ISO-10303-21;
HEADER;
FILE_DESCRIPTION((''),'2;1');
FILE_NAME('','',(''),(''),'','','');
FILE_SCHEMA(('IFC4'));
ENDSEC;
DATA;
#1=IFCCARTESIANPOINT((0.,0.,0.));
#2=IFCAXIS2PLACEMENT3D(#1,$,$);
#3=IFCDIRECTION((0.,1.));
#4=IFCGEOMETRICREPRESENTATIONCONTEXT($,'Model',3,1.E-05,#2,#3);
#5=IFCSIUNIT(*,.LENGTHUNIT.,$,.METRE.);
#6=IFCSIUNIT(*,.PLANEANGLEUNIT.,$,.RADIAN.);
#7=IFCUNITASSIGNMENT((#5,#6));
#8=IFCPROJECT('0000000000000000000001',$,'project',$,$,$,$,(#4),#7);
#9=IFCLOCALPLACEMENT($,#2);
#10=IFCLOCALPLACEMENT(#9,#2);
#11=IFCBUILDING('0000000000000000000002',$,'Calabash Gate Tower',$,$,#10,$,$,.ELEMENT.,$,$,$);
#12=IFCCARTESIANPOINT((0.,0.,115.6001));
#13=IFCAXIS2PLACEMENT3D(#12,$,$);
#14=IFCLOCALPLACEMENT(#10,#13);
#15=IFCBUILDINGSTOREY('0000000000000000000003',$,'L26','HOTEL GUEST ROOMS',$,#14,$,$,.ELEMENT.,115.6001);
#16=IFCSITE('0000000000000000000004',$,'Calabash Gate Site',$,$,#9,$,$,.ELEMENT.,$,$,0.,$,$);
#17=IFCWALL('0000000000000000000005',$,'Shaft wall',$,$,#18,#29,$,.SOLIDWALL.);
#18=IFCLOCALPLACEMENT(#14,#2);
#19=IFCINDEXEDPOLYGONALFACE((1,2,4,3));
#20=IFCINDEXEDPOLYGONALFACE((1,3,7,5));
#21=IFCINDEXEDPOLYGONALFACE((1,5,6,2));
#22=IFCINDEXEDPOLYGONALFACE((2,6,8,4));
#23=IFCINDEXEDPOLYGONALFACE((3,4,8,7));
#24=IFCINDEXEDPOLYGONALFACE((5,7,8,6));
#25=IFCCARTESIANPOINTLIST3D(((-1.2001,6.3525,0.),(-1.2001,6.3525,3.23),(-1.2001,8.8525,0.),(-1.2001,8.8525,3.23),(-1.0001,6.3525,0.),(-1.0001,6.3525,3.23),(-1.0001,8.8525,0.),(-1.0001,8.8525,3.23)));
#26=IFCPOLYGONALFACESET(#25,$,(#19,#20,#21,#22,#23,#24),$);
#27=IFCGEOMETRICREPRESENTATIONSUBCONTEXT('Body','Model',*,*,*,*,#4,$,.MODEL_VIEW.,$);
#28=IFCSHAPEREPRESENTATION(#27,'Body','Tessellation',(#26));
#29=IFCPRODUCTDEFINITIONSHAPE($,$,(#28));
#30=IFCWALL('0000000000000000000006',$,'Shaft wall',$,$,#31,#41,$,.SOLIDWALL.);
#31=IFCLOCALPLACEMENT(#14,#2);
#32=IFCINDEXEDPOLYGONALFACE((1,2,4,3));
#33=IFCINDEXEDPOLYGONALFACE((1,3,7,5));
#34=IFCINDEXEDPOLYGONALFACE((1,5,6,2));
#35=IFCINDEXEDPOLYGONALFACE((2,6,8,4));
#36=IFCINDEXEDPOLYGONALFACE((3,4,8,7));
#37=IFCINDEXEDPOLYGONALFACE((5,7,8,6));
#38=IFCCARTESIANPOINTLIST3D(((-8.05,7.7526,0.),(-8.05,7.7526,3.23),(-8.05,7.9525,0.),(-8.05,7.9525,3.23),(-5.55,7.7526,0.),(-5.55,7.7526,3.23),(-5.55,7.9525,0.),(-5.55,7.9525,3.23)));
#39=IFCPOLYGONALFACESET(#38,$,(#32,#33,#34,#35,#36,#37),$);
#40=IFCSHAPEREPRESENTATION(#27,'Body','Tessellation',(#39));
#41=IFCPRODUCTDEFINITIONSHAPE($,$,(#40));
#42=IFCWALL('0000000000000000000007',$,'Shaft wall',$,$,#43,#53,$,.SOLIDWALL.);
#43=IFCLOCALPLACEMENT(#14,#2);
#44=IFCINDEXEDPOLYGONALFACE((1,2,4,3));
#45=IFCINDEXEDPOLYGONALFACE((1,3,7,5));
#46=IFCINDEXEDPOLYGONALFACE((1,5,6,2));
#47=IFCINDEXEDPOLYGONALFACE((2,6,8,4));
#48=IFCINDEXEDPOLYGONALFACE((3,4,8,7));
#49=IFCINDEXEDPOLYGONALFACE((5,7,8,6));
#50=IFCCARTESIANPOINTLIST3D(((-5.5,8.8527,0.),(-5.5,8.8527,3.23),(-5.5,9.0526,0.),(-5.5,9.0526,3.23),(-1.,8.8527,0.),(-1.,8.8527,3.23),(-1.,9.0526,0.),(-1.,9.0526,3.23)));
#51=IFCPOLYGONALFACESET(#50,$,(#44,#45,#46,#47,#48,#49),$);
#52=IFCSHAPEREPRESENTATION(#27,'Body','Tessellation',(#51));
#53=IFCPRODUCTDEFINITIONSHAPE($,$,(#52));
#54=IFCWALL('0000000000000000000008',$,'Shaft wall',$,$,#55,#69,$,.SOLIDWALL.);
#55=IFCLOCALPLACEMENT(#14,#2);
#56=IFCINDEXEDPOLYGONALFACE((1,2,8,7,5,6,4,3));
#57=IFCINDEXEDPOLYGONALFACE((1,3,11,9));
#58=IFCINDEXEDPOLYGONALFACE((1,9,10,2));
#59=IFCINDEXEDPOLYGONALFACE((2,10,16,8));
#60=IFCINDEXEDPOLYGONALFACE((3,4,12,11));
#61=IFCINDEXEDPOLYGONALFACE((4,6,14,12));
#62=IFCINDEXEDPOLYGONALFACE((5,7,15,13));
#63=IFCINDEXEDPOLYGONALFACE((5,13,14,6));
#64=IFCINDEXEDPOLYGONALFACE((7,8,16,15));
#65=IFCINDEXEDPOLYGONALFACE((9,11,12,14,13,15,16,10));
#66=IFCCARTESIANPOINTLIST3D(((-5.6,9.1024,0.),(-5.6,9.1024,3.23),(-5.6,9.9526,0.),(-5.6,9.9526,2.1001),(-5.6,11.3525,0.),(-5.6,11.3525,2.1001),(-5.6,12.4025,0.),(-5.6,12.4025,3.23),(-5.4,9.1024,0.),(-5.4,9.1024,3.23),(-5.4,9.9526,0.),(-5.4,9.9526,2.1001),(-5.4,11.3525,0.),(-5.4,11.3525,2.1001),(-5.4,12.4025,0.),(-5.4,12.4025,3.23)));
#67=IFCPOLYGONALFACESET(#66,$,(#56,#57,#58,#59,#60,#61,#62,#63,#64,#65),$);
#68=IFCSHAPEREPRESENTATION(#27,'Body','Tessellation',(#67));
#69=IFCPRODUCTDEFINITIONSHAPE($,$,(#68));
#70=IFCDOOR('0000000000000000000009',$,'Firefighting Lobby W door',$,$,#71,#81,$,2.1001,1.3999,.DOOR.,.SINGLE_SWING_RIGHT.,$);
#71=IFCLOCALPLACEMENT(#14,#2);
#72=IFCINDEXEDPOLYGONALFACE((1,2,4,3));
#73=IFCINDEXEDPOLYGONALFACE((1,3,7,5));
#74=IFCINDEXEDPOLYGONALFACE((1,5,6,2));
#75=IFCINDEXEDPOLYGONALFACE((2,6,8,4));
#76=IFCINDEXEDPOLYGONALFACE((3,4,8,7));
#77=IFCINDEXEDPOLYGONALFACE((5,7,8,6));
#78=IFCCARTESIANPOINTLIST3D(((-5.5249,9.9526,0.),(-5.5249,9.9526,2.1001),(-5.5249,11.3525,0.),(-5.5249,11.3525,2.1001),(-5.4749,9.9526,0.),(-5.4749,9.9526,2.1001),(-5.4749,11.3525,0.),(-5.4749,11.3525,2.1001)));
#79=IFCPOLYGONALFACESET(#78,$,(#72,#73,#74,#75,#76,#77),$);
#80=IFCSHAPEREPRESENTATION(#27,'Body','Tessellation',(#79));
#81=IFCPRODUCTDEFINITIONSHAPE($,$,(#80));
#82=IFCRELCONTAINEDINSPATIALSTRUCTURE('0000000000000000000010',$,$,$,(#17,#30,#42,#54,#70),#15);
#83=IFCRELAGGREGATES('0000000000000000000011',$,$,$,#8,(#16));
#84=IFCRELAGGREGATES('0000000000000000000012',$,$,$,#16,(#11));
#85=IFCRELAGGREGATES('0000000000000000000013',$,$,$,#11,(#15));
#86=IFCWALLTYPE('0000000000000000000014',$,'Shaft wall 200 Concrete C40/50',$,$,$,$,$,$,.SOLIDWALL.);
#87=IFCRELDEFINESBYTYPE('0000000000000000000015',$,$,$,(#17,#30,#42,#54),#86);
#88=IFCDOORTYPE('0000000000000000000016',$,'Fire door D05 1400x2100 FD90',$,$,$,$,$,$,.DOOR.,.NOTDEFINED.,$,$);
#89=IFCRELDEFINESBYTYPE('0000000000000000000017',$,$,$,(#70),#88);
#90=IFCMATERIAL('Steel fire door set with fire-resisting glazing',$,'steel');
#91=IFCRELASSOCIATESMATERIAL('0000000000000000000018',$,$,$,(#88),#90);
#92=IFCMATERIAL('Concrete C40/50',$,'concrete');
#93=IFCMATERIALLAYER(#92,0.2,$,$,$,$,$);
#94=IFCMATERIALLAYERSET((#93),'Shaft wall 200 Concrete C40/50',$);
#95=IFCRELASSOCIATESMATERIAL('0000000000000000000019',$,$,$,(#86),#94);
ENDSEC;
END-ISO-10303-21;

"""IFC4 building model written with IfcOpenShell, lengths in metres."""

from ifc_helpers import new_model, si_unit, direction, frame, frame_2d, origin, place, context, subcontext, project, spatial, rectangle, extrude, material, layer, layer_set, type_object, element, fill, save


model = new_model("IFC4")

# Units and contexts
model_context = context("Model", 3, precision=1e-05, world=origin(), true_north=direction((0.0, 1.0)))
body_context = subcontext(model_context, "Body", "Model", "MODEL_VIEW")
ifc_project = project(units=[si_unit("LENGTHUNIT", "METRE"), si_unit("PLANEANGLEUNIT", "RADIAN")], contexts=[model_context])

# Site, building, storey
site_placement = place(None, origin())
site = spatial("IfcSite", under=ifc_project, at=site_placement, Name="Calabash Gate Site", CompositionType="ELEMENT", RefElevation=0.0)
building_placement = place(site_placement, origin())
building = spatial("IfcBuilding", under=site, at=building_placement, Name="Calabash Gate Tower", CompositionType="ELEMENT")
storey_placement = place(building_placement, frame((0.0, 0.0, 115.6001)))
storey = spatial("IfcBuildingStorey", under=building, at=storey_placement, Name="L26", Description="HOTEL GUEST ROOMS", CompositionType="ELEMENT", Elevation=115.6001)

# Shared definitions
ifc_material_1 = material(Name="Steel fire door set with fire-resisting glazing", Category="steel")
door_type_1 = type_object("IfcDoorType", Name="Fire door D05 1400x2100 FD90", OperationType="NOTDEFINED", PredefinedType="DOOR", material=ifc_material_1)

# Walls
ifc_material_2 = material(Name="Concrete C40/50", Category="concrete")
ifc_layer_1 = layer(ifc_material_2, 0.2)
ifc_layer_set_1 = layer_set([ifc_layer_1], Name="Shaft wall 200 Concrete C40/50")
wall_type_1 = type_object("IfcWallType", Name="Shaft wall 200 Concrete C40/50", PredefinedType="SOLIDWALL", material=ifc_layer_set_1)
for number, where, z_axis, x_axis, name in (
    (1, (-1.1001, 6.3525, 0.0), (0.0, 0.0, 1.0), (0.0, 1.0, 0.0), "Shaft wall"),
    (2, (-8.05, 7.8525, 0.0), (0.0, 0.0, 1.0), (1.0, 0.0, 0.0), "Shaft wall"),
):
    element("IfcWall", number, at=place(storey_placement, frame(where, z_axis=z_axis, x_axis=x_axis)), inside=storey, type_object=wall_type_1, Name=name, PredefinedType="SOLIDWALL", context=body_context, shape_type="SweptSolid", body=[
        extrude(rectangle(XDim=2.5, YDim=0.2, at=frame_2d((1.25, 0.0))), origin(), (0.0, 0.0, 1.0), 3.23),
    ])
wall_1_placement = place(storey_placement, frame((-5.5, 8.9526, 0.0), z_axis=(0.0, 0.0, 1.0), x_axis=(1.0, 0.0, 0.0)))
element("IfcWall", 3, at=wall_1_placement, inside=storey, type_object=wall_type_1, Name="Shaft wall", PredefinedType="SOLIDWALL", context=body_context, shape_type="SweptSolid", body=[
    extrude(rectangle(XDim=4.5, YDim=0.2, at=frame_2d((2.25, 0.0))), origin(), (0.0, 0.0, 1.0), 3.23),
])

# Wall, opening, door
wall_2_placement = place(storey_placement, frame((-5.5, 9.1025, 0.0), z_axis=(0.0, 0.0, 1.0), x_axis=(0.0, 1.0, 0.0)))
wall_2 = element("IfcWall", 4, at=wall_2_placement, inside=storey, type_object=wall_type_1, Name="Shaft wall", PredefinedType="SOLIDWALL", context=body_context, shape_type="SweptSolid", body=[
    extrude(rectangle(XDim=3.3, YDim=0.2, at=frame_2d((1.6499, 0.0))), origin(), (0.0, 0.0, 1.0), 3.23),
])
opening_1_placement = place(wall_2_placement, frame((0.8501, 0.0, 0.0)))
opening_1 = element("IfcOpeningElement", 5, at=opening_1_placement, cuts=wall_2, PredefinedType="OPENING", context=body_context, shape_type="SweptSolid", body=[
    extrude(rectangle(XDim=1.3999, YDim=2.1001, at=frame_2d((0.7, 1.05))), frame((0.0, 0.1099, 0.0), z_axis=(0.0, -1.0, 0.0), x_axis=(1.0, 0.0, 0.0)), (0.0, 0.0, 1.0), 0.22),
])
door_1_placement = place(opening_1_placement, origin())
door_1 = element("IfcDoor", 6, at=door_1_placement, inside=storey, type_object=door_type_1, Name="Firefighting Lobby W door", OperationType="SINGLE_SWING_RIGHT", OverallHeight=2.1001, OverallWidth=1.3999, PredefinedType="DOOR", context=body_context, shape_type="SweptSolid", body=[
    extrude(rectangle(XDim=1.3999, YDim=2.1001, at=frame_2d((0.7, 1.05))), frame((0.0, 0.0249, 0.0), z_axis=(0.0, -1.0, 0.0), x_axis=(1.0, 0.0, 0.0)), (0.0, 0.0, 1.0), 0.05),
])
fill(opening_1, door_1)

save(model, "model.ifc")
